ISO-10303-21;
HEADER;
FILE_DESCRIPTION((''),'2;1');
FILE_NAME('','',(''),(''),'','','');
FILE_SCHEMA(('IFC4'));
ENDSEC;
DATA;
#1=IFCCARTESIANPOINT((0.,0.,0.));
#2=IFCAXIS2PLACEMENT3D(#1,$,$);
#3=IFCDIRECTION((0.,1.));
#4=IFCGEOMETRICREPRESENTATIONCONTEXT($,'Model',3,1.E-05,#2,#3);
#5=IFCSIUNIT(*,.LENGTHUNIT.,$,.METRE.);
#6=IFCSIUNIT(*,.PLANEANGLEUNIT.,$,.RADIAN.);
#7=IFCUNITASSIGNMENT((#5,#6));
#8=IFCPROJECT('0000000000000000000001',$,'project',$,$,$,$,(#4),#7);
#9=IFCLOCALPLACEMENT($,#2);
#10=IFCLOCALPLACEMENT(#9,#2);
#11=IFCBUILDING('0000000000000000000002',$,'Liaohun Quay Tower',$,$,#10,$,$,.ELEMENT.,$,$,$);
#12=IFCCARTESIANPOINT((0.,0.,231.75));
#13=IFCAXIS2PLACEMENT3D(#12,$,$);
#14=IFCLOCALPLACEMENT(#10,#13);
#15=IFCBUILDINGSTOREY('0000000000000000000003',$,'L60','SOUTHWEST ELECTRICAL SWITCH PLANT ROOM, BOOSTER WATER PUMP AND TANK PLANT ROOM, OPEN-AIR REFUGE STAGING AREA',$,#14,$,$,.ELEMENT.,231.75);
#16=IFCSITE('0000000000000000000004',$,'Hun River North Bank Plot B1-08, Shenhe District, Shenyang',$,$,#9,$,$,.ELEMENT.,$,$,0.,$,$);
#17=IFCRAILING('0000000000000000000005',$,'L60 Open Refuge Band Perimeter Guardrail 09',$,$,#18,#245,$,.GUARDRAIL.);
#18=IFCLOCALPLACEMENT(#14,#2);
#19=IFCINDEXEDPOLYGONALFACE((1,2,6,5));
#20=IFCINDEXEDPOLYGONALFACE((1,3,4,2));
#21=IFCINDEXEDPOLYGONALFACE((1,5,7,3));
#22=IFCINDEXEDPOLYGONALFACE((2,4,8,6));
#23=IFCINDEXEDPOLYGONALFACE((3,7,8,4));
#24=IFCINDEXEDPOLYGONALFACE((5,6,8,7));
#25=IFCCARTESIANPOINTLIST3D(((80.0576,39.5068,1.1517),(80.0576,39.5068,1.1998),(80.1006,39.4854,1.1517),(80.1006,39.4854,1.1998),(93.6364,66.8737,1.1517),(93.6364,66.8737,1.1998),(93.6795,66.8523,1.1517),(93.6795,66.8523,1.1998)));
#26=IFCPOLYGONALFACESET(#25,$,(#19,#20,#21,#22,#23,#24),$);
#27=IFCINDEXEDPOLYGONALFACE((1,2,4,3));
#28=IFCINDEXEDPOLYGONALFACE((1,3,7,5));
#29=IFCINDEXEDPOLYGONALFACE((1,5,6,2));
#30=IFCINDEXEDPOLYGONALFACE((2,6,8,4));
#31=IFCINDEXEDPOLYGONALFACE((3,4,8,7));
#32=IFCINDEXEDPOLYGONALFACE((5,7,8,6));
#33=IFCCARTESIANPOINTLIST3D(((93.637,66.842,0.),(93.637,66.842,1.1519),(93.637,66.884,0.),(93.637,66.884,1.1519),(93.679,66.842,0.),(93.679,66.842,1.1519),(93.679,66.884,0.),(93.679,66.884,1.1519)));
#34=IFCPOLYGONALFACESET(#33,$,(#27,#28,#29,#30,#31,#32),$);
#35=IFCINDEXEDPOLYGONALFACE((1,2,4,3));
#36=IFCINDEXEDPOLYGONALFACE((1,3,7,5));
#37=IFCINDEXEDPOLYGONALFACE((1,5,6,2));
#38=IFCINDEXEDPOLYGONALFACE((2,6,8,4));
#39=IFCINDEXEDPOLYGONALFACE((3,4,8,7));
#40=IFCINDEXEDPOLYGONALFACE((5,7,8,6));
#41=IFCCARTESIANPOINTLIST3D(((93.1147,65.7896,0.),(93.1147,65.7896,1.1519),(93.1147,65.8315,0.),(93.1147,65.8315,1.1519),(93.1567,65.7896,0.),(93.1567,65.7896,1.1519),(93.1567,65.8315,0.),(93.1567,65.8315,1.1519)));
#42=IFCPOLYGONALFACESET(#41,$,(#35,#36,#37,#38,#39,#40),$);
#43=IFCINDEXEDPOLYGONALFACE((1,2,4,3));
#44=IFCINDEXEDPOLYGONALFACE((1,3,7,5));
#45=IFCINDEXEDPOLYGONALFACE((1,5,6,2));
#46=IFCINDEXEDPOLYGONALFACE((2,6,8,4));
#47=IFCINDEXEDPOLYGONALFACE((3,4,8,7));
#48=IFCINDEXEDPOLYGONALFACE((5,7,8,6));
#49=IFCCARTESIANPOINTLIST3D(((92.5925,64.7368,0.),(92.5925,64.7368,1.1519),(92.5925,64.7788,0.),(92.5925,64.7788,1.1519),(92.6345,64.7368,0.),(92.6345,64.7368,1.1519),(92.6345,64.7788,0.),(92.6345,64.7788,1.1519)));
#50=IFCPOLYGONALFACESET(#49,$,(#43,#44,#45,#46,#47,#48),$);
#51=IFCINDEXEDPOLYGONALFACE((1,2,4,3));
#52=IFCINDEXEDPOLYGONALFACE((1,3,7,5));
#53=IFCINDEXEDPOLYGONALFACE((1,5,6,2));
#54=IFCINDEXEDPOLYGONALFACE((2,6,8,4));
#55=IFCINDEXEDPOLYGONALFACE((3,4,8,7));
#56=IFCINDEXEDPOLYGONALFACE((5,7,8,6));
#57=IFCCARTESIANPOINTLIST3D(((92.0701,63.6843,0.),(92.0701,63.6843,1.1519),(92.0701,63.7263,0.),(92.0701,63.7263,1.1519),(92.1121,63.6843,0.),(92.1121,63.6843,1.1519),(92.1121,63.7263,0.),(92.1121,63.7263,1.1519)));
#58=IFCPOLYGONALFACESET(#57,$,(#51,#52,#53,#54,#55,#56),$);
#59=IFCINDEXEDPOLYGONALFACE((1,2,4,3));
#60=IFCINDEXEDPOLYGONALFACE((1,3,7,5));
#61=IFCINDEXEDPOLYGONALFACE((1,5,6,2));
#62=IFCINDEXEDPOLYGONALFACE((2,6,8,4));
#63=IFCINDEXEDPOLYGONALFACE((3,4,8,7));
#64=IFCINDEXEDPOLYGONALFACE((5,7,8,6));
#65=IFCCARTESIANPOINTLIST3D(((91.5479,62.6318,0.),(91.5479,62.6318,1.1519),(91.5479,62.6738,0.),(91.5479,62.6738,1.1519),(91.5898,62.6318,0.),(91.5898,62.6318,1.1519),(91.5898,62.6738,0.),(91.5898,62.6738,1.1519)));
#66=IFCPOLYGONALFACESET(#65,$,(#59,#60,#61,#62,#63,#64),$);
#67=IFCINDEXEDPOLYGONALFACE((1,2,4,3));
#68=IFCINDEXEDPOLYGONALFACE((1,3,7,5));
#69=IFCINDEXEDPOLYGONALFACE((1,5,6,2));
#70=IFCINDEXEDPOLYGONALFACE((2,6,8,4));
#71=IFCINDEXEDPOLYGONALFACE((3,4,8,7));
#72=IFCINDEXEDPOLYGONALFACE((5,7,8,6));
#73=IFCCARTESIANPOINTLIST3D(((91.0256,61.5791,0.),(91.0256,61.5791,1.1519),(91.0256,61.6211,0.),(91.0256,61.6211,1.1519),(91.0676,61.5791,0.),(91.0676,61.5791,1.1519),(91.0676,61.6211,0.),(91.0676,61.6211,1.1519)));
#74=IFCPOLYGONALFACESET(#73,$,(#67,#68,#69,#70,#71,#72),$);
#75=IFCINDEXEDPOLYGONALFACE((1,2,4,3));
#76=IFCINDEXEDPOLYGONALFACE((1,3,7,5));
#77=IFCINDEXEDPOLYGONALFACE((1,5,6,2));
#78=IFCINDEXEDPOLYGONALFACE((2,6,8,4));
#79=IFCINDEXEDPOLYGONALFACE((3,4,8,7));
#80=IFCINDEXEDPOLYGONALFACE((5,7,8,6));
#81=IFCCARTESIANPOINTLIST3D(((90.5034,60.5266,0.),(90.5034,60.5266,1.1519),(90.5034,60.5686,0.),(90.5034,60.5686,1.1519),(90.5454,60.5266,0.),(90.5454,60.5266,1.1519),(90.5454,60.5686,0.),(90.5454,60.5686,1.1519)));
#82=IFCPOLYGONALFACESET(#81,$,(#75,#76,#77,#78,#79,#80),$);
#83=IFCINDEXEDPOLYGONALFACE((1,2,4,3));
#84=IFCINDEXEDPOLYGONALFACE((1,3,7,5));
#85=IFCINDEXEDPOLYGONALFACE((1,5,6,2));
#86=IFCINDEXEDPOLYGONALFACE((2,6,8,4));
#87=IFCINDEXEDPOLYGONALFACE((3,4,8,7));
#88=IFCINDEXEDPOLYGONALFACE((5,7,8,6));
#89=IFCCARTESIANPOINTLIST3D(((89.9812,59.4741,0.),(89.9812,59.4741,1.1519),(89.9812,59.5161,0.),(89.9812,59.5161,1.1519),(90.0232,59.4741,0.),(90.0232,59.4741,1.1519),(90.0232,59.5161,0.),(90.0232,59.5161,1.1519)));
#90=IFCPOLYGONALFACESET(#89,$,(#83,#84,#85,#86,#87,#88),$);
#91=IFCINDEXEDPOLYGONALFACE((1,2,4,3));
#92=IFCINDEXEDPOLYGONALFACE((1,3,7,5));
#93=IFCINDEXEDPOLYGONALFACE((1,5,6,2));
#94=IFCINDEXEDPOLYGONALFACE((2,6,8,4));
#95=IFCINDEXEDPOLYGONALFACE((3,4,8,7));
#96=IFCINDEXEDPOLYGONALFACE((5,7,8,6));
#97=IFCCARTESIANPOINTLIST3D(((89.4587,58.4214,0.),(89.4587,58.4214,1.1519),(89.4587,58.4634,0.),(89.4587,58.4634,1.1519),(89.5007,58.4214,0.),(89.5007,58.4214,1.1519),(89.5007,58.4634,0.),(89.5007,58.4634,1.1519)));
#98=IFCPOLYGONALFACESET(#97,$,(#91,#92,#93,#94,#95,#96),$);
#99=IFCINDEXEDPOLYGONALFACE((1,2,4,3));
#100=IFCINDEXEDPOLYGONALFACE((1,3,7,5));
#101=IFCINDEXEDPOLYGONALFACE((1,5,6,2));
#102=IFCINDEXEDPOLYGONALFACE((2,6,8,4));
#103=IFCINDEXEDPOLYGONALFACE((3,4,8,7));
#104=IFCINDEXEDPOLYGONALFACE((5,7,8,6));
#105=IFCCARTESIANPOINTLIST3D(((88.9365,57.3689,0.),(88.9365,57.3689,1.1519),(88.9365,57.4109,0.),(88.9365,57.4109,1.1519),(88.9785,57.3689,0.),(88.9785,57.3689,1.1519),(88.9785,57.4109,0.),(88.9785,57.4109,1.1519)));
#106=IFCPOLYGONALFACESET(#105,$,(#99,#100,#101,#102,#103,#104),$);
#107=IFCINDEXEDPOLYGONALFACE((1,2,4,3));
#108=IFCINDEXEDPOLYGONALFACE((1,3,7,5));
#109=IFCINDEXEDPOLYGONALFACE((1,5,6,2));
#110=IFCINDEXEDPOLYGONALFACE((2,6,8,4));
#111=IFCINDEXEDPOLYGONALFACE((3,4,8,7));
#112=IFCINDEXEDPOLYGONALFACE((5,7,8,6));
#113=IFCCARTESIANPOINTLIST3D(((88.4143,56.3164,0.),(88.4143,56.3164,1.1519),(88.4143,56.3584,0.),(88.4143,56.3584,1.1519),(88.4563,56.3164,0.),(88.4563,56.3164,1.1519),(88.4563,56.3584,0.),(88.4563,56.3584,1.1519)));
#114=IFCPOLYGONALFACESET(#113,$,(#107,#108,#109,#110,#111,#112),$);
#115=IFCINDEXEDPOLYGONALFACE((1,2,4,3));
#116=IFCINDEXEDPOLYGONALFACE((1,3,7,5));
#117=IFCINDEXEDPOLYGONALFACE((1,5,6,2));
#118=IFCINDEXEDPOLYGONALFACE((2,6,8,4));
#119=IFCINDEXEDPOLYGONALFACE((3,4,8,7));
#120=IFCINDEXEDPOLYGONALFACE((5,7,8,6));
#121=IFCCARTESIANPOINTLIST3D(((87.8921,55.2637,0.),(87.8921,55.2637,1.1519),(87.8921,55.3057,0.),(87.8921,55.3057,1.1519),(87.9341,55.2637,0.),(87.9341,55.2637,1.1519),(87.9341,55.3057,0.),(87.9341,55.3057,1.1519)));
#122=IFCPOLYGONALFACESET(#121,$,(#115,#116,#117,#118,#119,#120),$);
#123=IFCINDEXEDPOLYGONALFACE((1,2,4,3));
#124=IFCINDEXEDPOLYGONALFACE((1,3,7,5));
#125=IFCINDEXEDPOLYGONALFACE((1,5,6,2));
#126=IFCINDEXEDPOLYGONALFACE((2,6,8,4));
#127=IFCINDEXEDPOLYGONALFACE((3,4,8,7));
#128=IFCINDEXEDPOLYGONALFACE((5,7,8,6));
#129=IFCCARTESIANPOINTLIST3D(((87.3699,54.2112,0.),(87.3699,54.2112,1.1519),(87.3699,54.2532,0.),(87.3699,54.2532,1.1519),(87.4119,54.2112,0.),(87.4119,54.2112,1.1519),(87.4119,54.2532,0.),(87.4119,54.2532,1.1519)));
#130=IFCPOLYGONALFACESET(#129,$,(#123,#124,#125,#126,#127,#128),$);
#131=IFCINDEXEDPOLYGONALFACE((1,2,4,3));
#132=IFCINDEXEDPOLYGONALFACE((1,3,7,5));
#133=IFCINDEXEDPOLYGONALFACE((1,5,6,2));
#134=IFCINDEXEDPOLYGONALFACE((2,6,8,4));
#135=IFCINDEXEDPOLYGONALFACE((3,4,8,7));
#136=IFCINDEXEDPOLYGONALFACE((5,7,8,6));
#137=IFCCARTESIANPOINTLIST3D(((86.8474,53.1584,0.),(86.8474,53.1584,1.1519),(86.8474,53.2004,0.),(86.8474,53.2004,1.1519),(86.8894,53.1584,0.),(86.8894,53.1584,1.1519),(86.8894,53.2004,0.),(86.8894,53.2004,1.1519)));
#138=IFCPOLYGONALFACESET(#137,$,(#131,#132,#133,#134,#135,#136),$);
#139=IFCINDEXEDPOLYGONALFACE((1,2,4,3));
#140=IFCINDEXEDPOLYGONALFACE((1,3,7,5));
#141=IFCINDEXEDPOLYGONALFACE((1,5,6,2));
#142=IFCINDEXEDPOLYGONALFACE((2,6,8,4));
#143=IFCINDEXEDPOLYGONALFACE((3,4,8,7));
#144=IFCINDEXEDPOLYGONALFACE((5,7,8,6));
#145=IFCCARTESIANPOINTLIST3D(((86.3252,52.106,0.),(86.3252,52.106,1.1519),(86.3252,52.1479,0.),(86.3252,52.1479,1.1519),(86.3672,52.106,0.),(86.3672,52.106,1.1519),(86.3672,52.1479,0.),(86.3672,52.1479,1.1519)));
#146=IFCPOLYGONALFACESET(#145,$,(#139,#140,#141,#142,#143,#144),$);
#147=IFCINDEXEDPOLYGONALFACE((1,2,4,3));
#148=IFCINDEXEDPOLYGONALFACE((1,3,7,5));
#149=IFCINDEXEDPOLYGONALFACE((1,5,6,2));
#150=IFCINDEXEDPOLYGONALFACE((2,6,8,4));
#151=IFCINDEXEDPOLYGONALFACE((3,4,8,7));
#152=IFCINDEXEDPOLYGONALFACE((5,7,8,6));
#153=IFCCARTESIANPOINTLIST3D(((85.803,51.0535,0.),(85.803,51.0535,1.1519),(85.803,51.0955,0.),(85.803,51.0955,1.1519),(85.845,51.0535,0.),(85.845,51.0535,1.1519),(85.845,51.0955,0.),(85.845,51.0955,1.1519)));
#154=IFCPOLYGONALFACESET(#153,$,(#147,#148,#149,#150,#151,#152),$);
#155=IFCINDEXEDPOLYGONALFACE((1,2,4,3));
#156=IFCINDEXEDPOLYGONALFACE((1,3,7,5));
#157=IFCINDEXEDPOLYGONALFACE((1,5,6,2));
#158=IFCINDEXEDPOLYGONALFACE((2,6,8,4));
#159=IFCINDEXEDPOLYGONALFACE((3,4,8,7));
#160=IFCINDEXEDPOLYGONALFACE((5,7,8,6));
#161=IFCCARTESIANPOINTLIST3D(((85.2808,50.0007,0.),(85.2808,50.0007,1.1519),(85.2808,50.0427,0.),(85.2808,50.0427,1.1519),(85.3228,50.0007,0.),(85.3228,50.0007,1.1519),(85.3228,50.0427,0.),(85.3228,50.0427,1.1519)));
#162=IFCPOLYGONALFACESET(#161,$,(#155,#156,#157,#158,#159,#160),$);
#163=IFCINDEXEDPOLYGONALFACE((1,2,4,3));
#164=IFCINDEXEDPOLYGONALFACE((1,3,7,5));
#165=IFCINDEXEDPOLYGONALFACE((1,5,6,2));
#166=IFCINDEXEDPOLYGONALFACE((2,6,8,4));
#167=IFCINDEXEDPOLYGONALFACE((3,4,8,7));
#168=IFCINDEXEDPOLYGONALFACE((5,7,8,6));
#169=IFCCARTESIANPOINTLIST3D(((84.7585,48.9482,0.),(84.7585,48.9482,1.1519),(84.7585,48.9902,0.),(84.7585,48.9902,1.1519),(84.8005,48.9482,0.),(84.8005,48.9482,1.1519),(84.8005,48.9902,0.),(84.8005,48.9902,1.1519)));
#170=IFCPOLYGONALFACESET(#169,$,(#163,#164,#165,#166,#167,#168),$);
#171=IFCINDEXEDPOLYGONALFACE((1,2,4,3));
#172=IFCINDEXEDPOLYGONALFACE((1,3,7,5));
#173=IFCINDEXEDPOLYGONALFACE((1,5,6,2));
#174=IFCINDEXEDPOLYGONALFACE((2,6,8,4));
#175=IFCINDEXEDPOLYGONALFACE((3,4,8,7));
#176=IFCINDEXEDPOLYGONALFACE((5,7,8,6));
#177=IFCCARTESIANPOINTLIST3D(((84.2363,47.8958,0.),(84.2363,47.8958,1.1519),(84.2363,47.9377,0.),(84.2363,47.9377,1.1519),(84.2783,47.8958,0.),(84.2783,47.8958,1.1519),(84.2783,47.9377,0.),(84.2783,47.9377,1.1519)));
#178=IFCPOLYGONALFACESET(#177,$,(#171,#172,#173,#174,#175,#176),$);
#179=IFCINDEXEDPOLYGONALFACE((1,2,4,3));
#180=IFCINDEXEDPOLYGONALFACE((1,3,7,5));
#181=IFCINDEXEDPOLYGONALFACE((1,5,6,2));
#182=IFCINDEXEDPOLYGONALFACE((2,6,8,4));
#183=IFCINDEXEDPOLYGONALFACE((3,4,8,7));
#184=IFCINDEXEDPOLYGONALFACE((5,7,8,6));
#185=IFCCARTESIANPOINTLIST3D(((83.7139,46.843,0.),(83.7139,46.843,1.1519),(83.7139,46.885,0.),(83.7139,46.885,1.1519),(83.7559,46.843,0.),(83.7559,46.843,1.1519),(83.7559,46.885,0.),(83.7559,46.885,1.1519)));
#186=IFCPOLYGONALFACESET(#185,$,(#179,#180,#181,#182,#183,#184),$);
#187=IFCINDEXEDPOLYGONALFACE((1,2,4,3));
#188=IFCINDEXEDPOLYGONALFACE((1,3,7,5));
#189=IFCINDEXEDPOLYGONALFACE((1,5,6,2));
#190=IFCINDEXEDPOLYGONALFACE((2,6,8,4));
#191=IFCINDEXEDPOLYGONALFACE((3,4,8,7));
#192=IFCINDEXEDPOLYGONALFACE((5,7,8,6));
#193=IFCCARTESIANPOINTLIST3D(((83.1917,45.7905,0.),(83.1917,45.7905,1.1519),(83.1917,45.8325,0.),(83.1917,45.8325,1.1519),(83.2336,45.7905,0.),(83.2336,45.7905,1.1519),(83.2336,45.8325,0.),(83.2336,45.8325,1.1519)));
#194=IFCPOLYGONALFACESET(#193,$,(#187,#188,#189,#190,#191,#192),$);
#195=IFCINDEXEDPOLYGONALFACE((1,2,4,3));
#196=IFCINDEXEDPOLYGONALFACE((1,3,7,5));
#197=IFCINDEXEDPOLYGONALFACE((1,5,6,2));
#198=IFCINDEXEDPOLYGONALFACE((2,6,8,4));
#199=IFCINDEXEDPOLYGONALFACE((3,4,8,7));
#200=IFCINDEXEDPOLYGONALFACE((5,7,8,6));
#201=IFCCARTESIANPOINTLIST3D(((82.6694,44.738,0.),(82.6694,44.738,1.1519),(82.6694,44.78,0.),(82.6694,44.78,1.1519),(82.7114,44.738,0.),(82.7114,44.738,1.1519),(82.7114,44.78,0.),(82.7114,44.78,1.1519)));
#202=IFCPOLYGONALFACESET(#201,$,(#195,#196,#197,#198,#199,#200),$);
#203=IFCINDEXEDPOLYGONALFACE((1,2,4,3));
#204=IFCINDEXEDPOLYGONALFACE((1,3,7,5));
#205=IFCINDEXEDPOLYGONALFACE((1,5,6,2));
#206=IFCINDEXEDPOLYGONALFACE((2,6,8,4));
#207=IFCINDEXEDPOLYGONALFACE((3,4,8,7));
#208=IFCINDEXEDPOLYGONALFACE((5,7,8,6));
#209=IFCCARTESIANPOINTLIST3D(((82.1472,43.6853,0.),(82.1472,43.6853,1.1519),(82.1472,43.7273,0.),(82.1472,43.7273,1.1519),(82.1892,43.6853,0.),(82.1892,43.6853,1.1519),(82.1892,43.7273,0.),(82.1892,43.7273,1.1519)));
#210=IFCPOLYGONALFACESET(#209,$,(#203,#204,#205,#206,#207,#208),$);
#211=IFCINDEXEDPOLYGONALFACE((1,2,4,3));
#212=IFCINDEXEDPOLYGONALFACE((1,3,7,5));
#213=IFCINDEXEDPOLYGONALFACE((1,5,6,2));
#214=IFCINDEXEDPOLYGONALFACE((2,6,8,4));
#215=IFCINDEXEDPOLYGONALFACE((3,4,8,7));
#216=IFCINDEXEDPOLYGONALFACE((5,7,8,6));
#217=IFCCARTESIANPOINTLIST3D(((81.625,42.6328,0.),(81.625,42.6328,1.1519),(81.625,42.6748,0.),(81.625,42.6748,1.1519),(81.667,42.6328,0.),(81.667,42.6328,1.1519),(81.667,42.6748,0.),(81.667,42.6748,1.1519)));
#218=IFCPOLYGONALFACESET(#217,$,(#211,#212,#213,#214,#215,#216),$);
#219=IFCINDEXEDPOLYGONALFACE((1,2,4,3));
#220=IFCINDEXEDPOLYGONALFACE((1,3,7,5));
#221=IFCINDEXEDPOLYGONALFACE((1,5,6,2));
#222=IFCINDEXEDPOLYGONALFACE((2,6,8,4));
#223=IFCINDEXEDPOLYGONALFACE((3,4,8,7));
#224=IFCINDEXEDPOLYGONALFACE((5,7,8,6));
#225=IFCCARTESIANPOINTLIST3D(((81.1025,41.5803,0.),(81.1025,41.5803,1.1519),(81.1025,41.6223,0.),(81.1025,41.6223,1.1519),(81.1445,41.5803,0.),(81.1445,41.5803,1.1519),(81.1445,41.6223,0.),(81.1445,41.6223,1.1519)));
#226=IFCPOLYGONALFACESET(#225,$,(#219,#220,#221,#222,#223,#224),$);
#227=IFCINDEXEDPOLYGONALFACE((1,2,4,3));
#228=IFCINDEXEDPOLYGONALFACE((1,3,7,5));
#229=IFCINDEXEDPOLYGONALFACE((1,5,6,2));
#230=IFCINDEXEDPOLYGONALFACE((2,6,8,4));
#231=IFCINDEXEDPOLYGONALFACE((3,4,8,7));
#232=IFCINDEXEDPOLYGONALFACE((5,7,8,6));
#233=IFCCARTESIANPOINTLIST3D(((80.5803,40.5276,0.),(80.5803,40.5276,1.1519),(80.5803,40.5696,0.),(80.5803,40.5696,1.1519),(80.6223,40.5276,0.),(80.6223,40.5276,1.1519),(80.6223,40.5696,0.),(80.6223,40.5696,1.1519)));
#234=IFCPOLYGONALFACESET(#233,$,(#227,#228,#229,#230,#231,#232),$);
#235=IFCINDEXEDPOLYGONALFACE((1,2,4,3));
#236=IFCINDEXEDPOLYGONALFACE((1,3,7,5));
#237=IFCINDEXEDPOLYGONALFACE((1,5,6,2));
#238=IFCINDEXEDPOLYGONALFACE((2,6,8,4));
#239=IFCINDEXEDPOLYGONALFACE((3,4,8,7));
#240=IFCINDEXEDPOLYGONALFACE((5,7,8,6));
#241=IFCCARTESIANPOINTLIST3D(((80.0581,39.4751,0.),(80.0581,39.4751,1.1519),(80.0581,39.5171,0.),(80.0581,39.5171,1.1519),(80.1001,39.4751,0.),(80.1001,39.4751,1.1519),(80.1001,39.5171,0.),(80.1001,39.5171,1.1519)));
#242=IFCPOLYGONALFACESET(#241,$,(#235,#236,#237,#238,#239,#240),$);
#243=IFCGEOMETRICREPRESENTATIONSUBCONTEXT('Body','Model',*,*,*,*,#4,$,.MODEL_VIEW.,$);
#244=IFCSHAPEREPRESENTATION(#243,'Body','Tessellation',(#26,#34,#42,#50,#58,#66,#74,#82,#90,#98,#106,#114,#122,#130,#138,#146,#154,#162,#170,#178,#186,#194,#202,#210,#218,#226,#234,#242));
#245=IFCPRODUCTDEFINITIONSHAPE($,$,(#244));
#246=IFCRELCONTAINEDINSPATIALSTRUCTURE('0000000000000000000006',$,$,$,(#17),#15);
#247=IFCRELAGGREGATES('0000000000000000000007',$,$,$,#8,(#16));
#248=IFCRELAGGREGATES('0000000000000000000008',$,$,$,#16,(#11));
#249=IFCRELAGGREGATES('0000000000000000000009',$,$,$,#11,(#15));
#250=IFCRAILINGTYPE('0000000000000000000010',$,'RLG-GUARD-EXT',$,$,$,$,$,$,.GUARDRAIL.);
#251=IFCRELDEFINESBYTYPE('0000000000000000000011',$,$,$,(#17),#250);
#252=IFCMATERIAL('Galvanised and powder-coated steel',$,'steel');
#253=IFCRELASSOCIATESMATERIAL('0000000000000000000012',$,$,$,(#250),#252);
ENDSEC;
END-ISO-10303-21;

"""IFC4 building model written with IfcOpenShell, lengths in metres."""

from ifc_helpers import new_model, si_unit, direction, frame, origin, origin_2d, place, context, subcontext, project, spatial, rectangle, extrude, material, type_object, element, save


model = new_model("IFC4")

# Units and contexts
model_context = context("Model", 3, precision=1e-05, world=origin(), true_north=direction((0.0, 1.0)))
body_context = subcontext(model_context, "Body", "Model", "MODEL_VIEW")
ifc_project = project(units=[si_unit("LENGTHUNIT", "METRE"), si_unit("PLANEANGLEUNIT", "RADIAN")], contexts=[model_context])

# Site, building, storey
site_placement = place(None, origin())
site = spatial("IfcSite", under=ifc_project, at=site_placement, Name="Hun River North Bank Plot B1-08, Shenhe District, Shenyang", CompositionType="ELEMENT", RefElevation=0.0)
building_placement = place(site_placement, origin())
building = spatial("IfcBuilding", under=site, at=building_placement, Name="Liaohun Quay Tower", CompositionType="ELEMENT")
storey_placement = place(building_placement, frame((0.0, 0.0, 231.75)))
storey = spatial("IfcBuildingStorey", under=building, at=storey_placement, Name="L60", Description="SOUTHWEST ELECTRICAL SWITCH PLANT ROOM, BOOSTER WATER PUMP AND TANK PLANT ROOM, OPEN-AIR REFUGE STAGING AREA", CompositionType="ELEMENT", Elevation=231.75)

# Railing
ifc_material_1 = material(Name="Galvanised and powder-coated steel", Category="steel")
railing_type = type_object("IfcRailingType", Name="RLG-GUARD-EXT", PredefinedType="GUARDRAIL", material=ifc_material_1)
railing_1_placement = place(storey_placement, frame((93.658, 66.863, 0.0)))
element("IfcRailing", 1, at=railing_1_placement, inside=storey, type_object=railing_type, Name="L60 Open Refuge Band Perimeter Guardrail 09", PredefinedType="GUARDRAIL", context=body_context, shape_type="SweptSolid", body=[
    extrude(rectangle(XDim=0.0481, YDim=0.0481, at=origin_2d()), frame((0.0, 0.0, 1.1758), z_axis=(-0.444472, -0.895793, 0.0), x_axis=(0.895793, -0.444472, 0.0)), (0.0, 0.0, 1.0), 30.5505),
    extrude(rectangle(XDim=0.042, YDim=0.042, at=origin_2d()), origin(), (0.0, 0.0, 1.0), 1.1519),
    extrude(rectangle(XDim=0.042, YDim=0.042, at=origin_2d()), frame((-0.5222, -1.0525, 0.0)), (0.0, 0.0, 1.0), 1.1519),
    extrude(rectangle(XDim=0.042, YDim=0.042, at=origin_2d()), frame((-1.0444, -2.1052, 0.0)), (0.0, 0.0, 1.0), 1.1519),
    extrude(rectangle(XDim=0.042, YDim=0.042, at=origin_2d()), frame((-1.5669, -3.1577, 0.0)), (0.0, 0.0, 1.0), 1.1519),
    extrude(rectangle(XDim=0.042, YDim=0.042, at=origin_2d()), frame((-2.0891, -4.2102, 0.0)), (0.0, 0.0, 1.0), 1.1519),
    extrude(rectangle(XDim=0.042, YDim=0.042, at=origin_2d()), frame((-2.6113, -5.2629, 0.0)), (0.0, 0.0, 1.0), 1.1519),
    extrude(rectangle(XDim=0.042, YDim=0.042, at=origin_2d()), frame((-3.1335, -6.3154, 0.0)), (0.0, 0.0, 1.0), 1.1519),
    extrude(rectangle(XDim=0.042, YDim=0.042, at=origin_2d()), frame((-3.6558, -7.3679, 0.0)), (0.0, 0.0, 1.0), 1.1519),
    extrude(rectangle(XDim=0.042, YDim=0.042, at=origin_2d()), frame((-4.1782, -8.4207, 0.0)), (0.0, 0.0, 1.0), 1.1519),
    extrude(rectangle(XDim=0.042, YDim=0.042, at=origin_2d()), frame((-4.7004, -9.4731, 0.0)), (0.0, 0.0, 1.0), 1.1519),
    extrude(rectangle(XDim=0.042, YDim=0.042, at=origin_2d()), frame((-5.2227, -10.5256, 0.0)), (0.0, 0.0, 1.0), 1.1519),
    extrude(rectangle(XDim=0.042, YDim=0.042, at=origin_2d()), frame((-5.7449, -11.5784, 0.0)), (0.0, 0.0, 1.0), 1.1519),
    extrude(rectangle(XDim=0.042, YDim=0.042, at=origin_2d()), frame((-6.2671, -12.6309, 0.0)), (0.0, 0.0, 1.0), 1.1519),
    extrude(rectangle(XDim=0.042, YDim=0.042, at=origin_2d()), frame((-6.7896, -13.6836, 0.0)), (0.0, 0.0, 1.0), 1.1519),
    extrude(rectangle(XDim=0.042, YDim=0.042, at=origin_2d()), frame((-7.3118, -14.7361, 0.0)), (0.0, 0.0, 1.0), 1.1519),
    extrude(rectangle(XDim=0.042, YDim=0.042, at=origin_2d()), frame((-7.834, -15.7886, 0.0)), (0.0, 0.0, 1.0), 1.1519),
    extrude(rectangle(XDim=0.042, YDim=0.042, at=origin_2d()), frame((-8.3562, -16.8413, 0.0)), (0.0, 0.0, 1.0), 1.1519),
    extrude(rectangle(XDim=0.042, YDim=0.042, at=origin_2d()), frame((-8.8784, -17.8938, 0.0)), (0.0, 0.0, 1.0), 1.1519),
    extrude(rectangle(XDim=0.042, YDim=0.042, at=origin_2d()), frame((-9.4006, -18.9463, 0.0)), (0.0, 0.0, 1.0), 1.1519),
    extrude(rectangle(XDim=0.042, YDim=0.042, at=origin_2d()), frame((-9.9231, -19.999, 0.0)), (0.0, 0.0, 1.0), 1.1519),
    extrude(rectangle(XDim=0.042, YDim=0.042, at=origin_2d()), frame((-10.4453, -21.0515, 0.0)), (0.0, 0.0, 1.0), 1.1519),
    extrude(rectangle(XDim=0.042, YDim=0.042, at=origin_2d()), frame((-10.9675, -22.104, 0.0)), (0.0, 0.0, 1.0), 1.1519),
    extrude(rectangle(XDim=0.042, YDim=0.042, at=origin_2d()), frame((-11.4897, -23.1567, 0.0)), (0.0, 0.0, 1.0), 1.1519),
    extrude(rectangle(XDim=0.042, YDim=0.042, at=origin_2d()), frame((-12.012, -24.2092, 0.0)), (0.0, 0.0, 1.0), 1.1519),
    extrude(rectangle(XDim=0.042, YDim=0.042, at=origin_2d()), frame((-12.5344, -25.2617, 0.0)), (0.0, 0.0, 1.0), 1.1519),
    extrude(rectangle(XDim=0.042, YDim=0.042, at=origin_2d()), frame((-13.0566, -26.3145, 0.0)), (0.0, 0.0, 1.0), 1.1519),
    extrude(rectangle(XDim=0.042, YDim=0.042, at=origin_2d()), frame((-13.5789, -27.3669, 0.0)), (0.0, 0.0, 1.0), 1.1519),
])

save(model, "model.ifc")
